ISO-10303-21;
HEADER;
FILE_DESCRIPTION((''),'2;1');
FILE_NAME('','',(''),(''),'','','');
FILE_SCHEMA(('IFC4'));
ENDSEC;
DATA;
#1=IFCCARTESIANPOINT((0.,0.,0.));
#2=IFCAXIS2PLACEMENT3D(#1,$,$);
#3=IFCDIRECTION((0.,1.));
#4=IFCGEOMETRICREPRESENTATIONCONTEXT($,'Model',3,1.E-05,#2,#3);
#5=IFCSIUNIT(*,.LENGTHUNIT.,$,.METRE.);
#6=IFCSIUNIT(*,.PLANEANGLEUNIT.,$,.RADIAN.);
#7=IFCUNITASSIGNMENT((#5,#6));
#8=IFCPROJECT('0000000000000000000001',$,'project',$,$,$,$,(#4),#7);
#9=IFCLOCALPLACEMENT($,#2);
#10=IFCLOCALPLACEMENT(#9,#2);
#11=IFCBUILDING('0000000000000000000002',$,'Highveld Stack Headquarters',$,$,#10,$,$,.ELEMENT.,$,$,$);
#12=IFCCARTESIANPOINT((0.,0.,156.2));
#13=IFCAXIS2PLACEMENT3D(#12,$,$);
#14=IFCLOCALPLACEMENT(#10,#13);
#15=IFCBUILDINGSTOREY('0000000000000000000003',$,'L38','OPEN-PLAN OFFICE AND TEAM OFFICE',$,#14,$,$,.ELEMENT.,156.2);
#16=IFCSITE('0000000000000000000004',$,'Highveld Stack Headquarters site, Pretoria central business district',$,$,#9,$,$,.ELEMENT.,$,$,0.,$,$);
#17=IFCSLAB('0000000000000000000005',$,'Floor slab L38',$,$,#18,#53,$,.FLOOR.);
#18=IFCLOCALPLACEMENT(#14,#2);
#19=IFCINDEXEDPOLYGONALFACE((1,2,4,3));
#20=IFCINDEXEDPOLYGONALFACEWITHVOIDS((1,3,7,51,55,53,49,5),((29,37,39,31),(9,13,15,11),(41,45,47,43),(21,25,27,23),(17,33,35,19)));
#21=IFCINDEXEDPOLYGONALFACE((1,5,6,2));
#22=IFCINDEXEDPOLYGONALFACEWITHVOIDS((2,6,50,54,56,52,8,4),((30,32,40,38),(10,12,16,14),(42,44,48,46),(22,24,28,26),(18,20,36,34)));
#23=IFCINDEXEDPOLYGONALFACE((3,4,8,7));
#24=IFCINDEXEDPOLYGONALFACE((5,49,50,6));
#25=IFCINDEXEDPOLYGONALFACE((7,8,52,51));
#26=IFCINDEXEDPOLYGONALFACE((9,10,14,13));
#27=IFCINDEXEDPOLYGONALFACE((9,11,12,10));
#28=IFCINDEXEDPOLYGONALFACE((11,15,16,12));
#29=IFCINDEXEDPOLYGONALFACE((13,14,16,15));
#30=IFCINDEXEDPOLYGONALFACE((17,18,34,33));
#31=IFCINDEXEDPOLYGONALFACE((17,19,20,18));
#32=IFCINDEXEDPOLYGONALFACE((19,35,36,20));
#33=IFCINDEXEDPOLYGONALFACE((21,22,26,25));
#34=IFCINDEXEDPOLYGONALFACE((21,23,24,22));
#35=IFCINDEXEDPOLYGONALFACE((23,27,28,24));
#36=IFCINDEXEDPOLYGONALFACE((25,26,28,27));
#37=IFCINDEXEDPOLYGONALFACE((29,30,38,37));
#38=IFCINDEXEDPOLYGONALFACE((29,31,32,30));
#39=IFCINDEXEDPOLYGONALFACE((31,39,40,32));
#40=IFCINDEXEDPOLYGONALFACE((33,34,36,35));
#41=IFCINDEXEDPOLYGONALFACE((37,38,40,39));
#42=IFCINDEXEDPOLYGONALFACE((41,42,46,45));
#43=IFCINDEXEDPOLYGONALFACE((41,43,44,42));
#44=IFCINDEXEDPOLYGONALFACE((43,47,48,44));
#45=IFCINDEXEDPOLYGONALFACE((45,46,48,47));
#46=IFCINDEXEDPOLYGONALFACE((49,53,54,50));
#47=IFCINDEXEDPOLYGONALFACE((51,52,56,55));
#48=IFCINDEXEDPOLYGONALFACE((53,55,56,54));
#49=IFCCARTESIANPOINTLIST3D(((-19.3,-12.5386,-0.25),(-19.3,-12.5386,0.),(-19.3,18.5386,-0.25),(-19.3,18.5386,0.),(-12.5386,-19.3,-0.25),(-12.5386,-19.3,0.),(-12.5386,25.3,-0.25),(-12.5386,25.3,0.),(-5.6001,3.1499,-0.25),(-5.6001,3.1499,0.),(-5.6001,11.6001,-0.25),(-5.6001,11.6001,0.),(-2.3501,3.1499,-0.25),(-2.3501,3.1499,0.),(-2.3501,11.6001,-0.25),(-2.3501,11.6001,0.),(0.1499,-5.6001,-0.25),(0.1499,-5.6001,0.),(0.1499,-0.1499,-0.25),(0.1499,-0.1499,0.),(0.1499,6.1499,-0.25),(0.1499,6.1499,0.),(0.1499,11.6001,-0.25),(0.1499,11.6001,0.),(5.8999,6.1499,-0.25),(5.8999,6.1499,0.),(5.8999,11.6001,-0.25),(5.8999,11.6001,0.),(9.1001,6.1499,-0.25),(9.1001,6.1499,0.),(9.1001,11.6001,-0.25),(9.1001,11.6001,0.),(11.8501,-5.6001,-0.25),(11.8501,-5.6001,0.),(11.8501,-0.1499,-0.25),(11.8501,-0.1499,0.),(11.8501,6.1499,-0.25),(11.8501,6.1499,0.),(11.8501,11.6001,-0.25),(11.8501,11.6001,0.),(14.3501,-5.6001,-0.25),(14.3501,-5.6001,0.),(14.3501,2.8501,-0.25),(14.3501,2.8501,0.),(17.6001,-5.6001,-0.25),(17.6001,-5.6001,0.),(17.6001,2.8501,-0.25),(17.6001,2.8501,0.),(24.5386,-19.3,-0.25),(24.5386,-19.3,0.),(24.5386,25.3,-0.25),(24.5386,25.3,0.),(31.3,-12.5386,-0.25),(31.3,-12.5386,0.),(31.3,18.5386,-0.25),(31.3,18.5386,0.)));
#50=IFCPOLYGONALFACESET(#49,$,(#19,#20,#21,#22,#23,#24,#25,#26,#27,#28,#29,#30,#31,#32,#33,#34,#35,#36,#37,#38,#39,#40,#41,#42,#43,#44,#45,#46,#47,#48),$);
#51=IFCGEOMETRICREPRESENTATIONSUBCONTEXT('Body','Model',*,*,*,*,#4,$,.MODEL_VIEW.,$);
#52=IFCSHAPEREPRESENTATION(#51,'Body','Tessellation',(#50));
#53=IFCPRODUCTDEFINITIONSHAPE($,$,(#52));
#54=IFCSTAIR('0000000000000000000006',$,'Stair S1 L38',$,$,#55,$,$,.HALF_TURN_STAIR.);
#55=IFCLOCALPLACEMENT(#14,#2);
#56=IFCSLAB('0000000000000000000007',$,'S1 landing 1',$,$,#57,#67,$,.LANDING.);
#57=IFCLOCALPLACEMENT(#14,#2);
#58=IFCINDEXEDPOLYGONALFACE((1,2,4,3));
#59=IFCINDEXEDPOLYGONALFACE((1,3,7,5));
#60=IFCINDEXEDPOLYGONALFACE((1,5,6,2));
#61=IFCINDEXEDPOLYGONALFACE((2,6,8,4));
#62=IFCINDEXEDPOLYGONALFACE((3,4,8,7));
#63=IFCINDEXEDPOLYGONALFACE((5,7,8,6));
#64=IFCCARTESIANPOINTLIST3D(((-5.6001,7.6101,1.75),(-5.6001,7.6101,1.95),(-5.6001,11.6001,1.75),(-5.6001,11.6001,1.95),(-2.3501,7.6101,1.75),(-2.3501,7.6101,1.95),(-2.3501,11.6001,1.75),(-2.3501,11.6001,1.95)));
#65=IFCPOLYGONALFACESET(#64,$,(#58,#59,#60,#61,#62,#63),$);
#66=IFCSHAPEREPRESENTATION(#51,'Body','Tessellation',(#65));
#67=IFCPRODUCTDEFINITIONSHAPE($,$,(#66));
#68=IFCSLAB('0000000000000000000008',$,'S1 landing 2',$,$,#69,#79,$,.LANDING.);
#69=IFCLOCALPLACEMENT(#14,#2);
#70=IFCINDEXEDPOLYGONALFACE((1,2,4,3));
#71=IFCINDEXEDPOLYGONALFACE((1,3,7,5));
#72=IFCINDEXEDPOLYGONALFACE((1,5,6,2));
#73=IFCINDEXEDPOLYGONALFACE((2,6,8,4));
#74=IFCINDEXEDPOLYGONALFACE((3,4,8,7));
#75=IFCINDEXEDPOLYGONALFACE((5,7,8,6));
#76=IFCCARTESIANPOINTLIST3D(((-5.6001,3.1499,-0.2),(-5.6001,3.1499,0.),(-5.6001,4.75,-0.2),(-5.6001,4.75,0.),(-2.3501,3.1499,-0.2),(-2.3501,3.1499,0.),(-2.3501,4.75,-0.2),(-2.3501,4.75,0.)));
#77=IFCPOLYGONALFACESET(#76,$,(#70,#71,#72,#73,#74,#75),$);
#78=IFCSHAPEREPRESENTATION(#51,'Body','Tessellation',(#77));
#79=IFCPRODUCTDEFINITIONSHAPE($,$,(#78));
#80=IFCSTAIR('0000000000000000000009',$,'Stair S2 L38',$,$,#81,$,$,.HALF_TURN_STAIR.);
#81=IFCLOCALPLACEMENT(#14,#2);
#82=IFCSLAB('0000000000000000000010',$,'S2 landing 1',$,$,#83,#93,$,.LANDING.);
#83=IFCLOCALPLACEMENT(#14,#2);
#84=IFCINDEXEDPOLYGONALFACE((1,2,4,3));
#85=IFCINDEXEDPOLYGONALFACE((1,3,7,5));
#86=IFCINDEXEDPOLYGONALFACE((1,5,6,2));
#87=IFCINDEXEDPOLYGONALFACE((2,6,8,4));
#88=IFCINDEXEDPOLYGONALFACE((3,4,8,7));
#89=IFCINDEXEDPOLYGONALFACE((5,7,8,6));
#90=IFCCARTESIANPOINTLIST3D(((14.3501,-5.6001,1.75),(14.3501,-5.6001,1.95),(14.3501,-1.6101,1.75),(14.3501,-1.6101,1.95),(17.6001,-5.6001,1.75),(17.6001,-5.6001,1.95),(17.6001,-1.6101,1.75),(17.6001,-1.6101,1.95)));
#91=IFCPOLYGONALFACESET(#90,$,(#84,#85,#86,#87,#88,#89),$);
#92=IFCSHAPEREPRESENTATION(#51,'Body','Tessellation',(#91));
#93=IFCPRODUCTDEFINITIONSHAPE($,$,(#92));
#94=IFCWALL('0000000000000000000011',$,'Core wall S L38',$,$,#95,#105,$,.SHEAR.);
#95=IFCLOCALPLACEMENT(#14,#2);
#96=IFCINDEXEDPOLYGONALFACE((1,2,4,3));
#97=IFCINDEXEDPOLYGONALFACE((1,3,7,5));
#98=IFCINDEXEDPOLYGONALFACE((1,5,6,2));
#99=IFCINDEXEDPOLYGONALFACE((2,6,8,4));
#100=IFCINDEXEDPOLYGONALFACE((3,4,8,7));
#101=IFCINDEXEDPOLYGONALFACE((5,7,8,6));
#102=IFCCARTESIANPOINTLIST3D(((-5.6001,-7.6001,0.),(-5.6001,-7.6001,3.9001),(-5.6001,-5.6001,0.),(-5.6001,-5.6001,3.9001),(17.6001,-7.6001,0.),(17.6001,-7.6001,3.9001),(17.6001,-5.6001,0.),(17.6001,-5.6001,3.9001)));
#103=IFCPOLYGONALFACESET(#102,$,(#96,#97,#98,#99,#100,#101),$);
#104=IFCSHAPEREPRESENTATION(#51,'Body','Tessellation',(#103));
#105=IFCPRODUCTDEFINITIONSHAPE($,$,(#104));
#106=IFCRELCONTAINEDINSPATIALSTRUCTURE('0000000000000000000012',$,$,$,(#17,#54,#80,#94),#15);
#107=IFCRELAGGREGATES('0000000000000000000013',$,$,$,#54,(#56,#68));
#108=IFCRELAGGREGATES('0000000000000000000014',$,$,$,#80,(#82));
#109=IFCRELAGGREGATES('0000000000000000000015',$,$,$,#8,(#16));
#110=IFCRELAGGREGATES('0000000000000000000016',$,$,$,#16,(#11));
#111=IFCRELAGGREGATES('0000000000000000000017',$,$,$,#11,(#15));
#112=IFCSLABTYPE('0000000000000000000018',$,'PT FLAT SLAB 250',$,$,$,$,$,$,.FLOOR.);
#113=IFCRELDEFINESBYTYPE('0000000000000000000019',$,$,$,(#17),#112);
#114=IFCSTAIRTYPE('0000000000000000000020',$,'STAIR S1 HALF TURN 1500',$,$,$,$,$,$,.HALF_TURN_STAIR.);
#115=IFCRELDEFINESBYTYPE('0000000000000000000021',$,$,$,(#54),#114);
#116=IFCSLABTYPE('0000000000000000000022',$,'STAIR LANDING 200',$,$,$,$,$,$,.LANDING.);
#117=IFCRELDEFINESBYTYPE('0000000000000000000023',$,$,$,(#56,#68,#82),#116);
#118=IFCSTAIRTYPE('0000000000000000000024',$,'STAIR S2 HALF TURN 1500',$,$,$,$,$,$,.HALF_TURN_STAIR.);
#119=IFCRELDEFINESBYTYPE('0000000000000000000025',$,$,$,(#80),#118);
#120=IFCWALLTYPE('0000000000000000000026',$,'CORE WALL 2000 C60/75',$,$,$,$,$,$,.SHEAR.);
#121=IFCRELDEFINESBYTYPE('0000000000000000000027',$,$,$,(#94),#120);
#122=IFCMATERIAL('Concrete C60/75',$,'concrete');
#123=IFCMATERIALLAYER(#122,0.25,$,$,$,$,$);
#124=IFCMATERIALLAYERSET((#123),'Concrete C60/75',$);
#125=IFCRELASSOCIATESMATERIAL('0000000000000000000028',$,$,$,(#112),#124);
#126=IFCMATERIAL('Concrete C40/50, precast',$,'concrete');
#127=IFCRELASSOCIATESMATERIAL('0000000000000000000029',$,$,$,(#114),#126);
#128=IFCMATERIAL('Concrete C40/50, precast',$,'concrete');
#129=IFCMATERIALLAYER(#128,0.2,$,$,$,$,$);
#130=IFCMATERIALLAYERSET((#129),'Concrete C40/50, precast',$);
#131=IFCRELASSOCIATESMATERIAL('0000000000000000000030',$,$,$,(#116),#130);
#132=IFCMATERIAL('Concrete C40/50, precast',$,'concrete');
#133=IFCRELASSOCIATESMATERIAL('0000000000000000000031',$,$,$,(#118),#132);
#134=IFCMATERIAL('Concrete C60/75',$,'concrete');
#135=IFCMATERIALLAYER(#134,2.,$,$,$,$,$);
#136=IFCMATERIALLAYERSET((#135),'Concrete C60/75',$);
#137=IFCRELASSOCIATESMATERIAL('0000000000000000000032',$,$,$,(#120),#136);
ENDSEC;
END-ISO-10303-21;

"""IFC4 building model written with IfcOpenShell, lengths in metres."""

from ifc_helpers import new_model, si_unit, direction, frame, frame_2d, origin, place, context, subcontext, project, spatial, polyline, rectangle, outline, extrude, material, layer, layer_set, type_object, element, aggregate, save


model = new_model("IFC4")

# Units and contexts
model_context = context("Model", 3, precision=1e-05, world=origin(), true_north=direction((0.0, 1.0)))
body_context = subcontext(model_context, "Body", "Model", "MODEL_VIEW")
ifc_project = project(units=[si_unit("LENGTHUNIT", "METRE"), si_unit("PLANEANGLEUNIT", "RADIAN")], contexts=[model_context])

# Site, building, storey
site_placement = place(None, origin())
site = spatial("IfcSite", under=ifc_project, at=site_placement, Name="Highveld Stack Headquarters site, Pretoria central business district", CompositionType="ELEMENT", RefElevation=0.0)
building_placement = place(site_placement, origin())
building = spatial("IfcBuilding", under=site, at=building_placement, Name="Highveld Stack Headquarters", CompositionType="ELEMENT")
storey_placement = place(building_placement, frame((0.0, 0.0, 156.2)))
storey = spatial("IfcBuildingStorey", under=building, at=storey_placement, Name="L38", Description="OPEN-PLAN OFFICE AND TEAM OFFICE", CompositionType="ELEMENT", Elevation=156.2)

# Slab
ifc_material_1 = material(Name="Concrete C60/75", Category="concrete")
ifc_layer_1 = layer(ifc_material_1, 0.25)
ifc_layer_set_1 = layer_set([ifc_layer_1], Name="Concrete C60/75")
slab_type_1 = type_object("IfcSlabType", Name="PT FLAT SLAB 250", PredefinedType="FLOOR", material=ifc_layer_set_1)
slab_1_placement = place(storey_placement, frame((0.0, 0.0, -0.25)))
element("IfcSlab", 1, at=slab_1_placement, inside=storey, type_object=slab_type_1, Name="Floor slab L38", PredefinedType="FLOOR", context=body_context, shape_type="SweptSolid", body=[
    extrude(outline(polyline([(-12.5386, -19.3), (24.5386, -19.3), (31.3, -12.5386), (31.3, 18.5386), (24.5386, 25.3), (-12.5386, 25.3), (-19.3, 18.5386), (-19.3, -12.5386), (-12.5386, -19.3)]), holes=[polyline([(0.1499, 6.1499), (5.8999, 6.1499), (5.8999, 11.6001), (0.1499, 11.6001), (0.1499, 6.1499)]), polyline([(9.1001, 6.1499), (11.8501, 6.1499), (11.8501, 11.6001), (9.1001, 11.6001), (9.1001, 6.1499)]), polyline([(0.1499, -5.6001), (11.8501, -5.6001), (11.8501, -0.1499), (0.1499, -0.1499), (0.1499, -5.6001)]), polyline([(-5.6001, 3.1499), (-2.3501, 3.1499), (-2.3501, 11.6001), (-5.6001, 11.6001), (-5.6001, 3.1499)]), polyline([(14.3501, -5.6001), (17.6001, -5.6001), (17.6001, 2.8501), (14.3501, 2.8501), (14.3501, -5.6001)])]), origin(), (0.0, 0.0, 1.0), 0.25),
])

# Stair, slabs
ifc_material_2 = material(Name="Concrete C40/50, precast", Category="concrete")
stair_type_1 = type_object("IfcStairType", Name="STAIR S1 HALF TURN 1500", PredefinedType="HALF_TURN_STAIR", material=ifc_material_2)
stair_1_placement = place(storey_placement, origin())
stair_1 = element("IfcStair", 2, at=stair_1_placement, inside=storey, type_object=stair_type_1, Name="Stair S1 L38", PredefinedType="HALF_TURN_STAIR")
ifc_material_3 = material(Name="Concrete C40/50, precast", Category="concrete")
ifc_layer_2 = layer(ifc_material_3, 0.2)
ifc_layer_set_2 = layer_set([ifc_layer_2], Name="Concrete C40/50, precast")
slab_type_2 = type_object("IfcSlabType", Name="STAIR LANDING 200", PredefinedType="LANDING", material=ifc_layer_set_2)
slab_2_placement = place(storey_placement, frame((0.0, 0.0, 1.75)))
slab_2 = element("IfcSlab", 3, at=slab_2_placement, type_object=slab_type_2, Name="S1 landing 1", PredefinedType="LANDING", context=body_context, shape_type="SweptSolid", body=[
    extrude(outline(polyline([(-5.6001, 7.6101), (-2.3501, 7.6101), (-2.3501, 11.6001), (-5.6001, 11.6001), (-5.6001, 7.6101)])), origin(), (0.0, 0.0, 1.0), 0.2),
])
slab_3_placement = place(storey_placement, frame((0.0, 0.0, -0.2)))
slab_3 = element("IfcSlab", 4, at=slab_3_placement, type_object=slab_type_2, Name="S1 landing 2", PredefinedType="LANDING", context=body_context, shape_type="SweptSolid", body=[
    extrude(outline(polyline([(-5.6001, 3.1499), (-2.3501, 3.1499), (-2.3501, 4.75), (-5.6001, 4.75), (-5.6001, 3.1499)])), origin(), (0.0, 0.0, 1.0), 0.2),
])
aggregate(stair_1, [slab_2, slab_3])

# Stair, slab
ifc_material_4 = material(Name="Concrete C40/50, precast", Category="concrete")
stair_type_2 = type_object("IfcStairType", Name="STAIR S2 HALF TURN 1500", PredefinedType="HALF_TURN_STAIR", material=ifc_material_4)
stair_2_placement = place(storey_placement, origin())
stair_2 = element("IfcStair", 5, at=stair_2_placement, inside=storey, type_object=stair_type_2, Name="Stair S2 L38", PredefinedType="HALF_TURN_STAIR")
slab_4_placement = place(storey_placement, frame((0.0, 0.0, 1.75)))
slab_4 = element("IfcSlab", 6, at=slab_4_placement, type_object=slab_type_2, Name="S2 landing 1", PredefinedType="LANDING", context=body_context, shape_type="SweptSolid", body=[
    extrude(outline(polyline([(14.3501, -5.6001), (17.6001, -5.6001), (17.6001, -1.6101), (14.3501, -1.6101), (14.3501, -5.6001)])), origin(), (0.0, 0.0, 1.0), 0.2),
])
aggregate(stair_2, [slab_4])

# Wall
ifc_material_5 = material(Name="Concrete C60/75", Category="concrete")
ifc_layer_3 = layer(ifc_material_5, 2.0)
ifc_layer_set_3 = layer_set([ifc_layer_3], Name="Concrete C60/75")
wall_type_1 = type_object("IfcWallType", Name="CORE WALL 2000 C60/75", PredefinedType="SHEAR", material=ifc_layer_set_3)
wall_1_placement = place(storey_placement, frame((-5.6001, -6.6001, 0.0), z_axis=(0.0, 0.0, 1.0), x_axis=(1.0, 0.0, 0.0)))
element("IfcWall", 7, at=wall_1_placement, inside=storey, type_object=wall_type_1, Name="Core wall S L38", PredefinedType="SHEAR", context=body_context, shape_type="SweptSolid", body=[
    extrude(rectangle(XDim=23.2002, YDim=2.0, at=frame_2d((11.6001, 0.0))), origin(), (0.0, 0.0, 1.0), 3.9001),
])

save(model, "model.ifc")
